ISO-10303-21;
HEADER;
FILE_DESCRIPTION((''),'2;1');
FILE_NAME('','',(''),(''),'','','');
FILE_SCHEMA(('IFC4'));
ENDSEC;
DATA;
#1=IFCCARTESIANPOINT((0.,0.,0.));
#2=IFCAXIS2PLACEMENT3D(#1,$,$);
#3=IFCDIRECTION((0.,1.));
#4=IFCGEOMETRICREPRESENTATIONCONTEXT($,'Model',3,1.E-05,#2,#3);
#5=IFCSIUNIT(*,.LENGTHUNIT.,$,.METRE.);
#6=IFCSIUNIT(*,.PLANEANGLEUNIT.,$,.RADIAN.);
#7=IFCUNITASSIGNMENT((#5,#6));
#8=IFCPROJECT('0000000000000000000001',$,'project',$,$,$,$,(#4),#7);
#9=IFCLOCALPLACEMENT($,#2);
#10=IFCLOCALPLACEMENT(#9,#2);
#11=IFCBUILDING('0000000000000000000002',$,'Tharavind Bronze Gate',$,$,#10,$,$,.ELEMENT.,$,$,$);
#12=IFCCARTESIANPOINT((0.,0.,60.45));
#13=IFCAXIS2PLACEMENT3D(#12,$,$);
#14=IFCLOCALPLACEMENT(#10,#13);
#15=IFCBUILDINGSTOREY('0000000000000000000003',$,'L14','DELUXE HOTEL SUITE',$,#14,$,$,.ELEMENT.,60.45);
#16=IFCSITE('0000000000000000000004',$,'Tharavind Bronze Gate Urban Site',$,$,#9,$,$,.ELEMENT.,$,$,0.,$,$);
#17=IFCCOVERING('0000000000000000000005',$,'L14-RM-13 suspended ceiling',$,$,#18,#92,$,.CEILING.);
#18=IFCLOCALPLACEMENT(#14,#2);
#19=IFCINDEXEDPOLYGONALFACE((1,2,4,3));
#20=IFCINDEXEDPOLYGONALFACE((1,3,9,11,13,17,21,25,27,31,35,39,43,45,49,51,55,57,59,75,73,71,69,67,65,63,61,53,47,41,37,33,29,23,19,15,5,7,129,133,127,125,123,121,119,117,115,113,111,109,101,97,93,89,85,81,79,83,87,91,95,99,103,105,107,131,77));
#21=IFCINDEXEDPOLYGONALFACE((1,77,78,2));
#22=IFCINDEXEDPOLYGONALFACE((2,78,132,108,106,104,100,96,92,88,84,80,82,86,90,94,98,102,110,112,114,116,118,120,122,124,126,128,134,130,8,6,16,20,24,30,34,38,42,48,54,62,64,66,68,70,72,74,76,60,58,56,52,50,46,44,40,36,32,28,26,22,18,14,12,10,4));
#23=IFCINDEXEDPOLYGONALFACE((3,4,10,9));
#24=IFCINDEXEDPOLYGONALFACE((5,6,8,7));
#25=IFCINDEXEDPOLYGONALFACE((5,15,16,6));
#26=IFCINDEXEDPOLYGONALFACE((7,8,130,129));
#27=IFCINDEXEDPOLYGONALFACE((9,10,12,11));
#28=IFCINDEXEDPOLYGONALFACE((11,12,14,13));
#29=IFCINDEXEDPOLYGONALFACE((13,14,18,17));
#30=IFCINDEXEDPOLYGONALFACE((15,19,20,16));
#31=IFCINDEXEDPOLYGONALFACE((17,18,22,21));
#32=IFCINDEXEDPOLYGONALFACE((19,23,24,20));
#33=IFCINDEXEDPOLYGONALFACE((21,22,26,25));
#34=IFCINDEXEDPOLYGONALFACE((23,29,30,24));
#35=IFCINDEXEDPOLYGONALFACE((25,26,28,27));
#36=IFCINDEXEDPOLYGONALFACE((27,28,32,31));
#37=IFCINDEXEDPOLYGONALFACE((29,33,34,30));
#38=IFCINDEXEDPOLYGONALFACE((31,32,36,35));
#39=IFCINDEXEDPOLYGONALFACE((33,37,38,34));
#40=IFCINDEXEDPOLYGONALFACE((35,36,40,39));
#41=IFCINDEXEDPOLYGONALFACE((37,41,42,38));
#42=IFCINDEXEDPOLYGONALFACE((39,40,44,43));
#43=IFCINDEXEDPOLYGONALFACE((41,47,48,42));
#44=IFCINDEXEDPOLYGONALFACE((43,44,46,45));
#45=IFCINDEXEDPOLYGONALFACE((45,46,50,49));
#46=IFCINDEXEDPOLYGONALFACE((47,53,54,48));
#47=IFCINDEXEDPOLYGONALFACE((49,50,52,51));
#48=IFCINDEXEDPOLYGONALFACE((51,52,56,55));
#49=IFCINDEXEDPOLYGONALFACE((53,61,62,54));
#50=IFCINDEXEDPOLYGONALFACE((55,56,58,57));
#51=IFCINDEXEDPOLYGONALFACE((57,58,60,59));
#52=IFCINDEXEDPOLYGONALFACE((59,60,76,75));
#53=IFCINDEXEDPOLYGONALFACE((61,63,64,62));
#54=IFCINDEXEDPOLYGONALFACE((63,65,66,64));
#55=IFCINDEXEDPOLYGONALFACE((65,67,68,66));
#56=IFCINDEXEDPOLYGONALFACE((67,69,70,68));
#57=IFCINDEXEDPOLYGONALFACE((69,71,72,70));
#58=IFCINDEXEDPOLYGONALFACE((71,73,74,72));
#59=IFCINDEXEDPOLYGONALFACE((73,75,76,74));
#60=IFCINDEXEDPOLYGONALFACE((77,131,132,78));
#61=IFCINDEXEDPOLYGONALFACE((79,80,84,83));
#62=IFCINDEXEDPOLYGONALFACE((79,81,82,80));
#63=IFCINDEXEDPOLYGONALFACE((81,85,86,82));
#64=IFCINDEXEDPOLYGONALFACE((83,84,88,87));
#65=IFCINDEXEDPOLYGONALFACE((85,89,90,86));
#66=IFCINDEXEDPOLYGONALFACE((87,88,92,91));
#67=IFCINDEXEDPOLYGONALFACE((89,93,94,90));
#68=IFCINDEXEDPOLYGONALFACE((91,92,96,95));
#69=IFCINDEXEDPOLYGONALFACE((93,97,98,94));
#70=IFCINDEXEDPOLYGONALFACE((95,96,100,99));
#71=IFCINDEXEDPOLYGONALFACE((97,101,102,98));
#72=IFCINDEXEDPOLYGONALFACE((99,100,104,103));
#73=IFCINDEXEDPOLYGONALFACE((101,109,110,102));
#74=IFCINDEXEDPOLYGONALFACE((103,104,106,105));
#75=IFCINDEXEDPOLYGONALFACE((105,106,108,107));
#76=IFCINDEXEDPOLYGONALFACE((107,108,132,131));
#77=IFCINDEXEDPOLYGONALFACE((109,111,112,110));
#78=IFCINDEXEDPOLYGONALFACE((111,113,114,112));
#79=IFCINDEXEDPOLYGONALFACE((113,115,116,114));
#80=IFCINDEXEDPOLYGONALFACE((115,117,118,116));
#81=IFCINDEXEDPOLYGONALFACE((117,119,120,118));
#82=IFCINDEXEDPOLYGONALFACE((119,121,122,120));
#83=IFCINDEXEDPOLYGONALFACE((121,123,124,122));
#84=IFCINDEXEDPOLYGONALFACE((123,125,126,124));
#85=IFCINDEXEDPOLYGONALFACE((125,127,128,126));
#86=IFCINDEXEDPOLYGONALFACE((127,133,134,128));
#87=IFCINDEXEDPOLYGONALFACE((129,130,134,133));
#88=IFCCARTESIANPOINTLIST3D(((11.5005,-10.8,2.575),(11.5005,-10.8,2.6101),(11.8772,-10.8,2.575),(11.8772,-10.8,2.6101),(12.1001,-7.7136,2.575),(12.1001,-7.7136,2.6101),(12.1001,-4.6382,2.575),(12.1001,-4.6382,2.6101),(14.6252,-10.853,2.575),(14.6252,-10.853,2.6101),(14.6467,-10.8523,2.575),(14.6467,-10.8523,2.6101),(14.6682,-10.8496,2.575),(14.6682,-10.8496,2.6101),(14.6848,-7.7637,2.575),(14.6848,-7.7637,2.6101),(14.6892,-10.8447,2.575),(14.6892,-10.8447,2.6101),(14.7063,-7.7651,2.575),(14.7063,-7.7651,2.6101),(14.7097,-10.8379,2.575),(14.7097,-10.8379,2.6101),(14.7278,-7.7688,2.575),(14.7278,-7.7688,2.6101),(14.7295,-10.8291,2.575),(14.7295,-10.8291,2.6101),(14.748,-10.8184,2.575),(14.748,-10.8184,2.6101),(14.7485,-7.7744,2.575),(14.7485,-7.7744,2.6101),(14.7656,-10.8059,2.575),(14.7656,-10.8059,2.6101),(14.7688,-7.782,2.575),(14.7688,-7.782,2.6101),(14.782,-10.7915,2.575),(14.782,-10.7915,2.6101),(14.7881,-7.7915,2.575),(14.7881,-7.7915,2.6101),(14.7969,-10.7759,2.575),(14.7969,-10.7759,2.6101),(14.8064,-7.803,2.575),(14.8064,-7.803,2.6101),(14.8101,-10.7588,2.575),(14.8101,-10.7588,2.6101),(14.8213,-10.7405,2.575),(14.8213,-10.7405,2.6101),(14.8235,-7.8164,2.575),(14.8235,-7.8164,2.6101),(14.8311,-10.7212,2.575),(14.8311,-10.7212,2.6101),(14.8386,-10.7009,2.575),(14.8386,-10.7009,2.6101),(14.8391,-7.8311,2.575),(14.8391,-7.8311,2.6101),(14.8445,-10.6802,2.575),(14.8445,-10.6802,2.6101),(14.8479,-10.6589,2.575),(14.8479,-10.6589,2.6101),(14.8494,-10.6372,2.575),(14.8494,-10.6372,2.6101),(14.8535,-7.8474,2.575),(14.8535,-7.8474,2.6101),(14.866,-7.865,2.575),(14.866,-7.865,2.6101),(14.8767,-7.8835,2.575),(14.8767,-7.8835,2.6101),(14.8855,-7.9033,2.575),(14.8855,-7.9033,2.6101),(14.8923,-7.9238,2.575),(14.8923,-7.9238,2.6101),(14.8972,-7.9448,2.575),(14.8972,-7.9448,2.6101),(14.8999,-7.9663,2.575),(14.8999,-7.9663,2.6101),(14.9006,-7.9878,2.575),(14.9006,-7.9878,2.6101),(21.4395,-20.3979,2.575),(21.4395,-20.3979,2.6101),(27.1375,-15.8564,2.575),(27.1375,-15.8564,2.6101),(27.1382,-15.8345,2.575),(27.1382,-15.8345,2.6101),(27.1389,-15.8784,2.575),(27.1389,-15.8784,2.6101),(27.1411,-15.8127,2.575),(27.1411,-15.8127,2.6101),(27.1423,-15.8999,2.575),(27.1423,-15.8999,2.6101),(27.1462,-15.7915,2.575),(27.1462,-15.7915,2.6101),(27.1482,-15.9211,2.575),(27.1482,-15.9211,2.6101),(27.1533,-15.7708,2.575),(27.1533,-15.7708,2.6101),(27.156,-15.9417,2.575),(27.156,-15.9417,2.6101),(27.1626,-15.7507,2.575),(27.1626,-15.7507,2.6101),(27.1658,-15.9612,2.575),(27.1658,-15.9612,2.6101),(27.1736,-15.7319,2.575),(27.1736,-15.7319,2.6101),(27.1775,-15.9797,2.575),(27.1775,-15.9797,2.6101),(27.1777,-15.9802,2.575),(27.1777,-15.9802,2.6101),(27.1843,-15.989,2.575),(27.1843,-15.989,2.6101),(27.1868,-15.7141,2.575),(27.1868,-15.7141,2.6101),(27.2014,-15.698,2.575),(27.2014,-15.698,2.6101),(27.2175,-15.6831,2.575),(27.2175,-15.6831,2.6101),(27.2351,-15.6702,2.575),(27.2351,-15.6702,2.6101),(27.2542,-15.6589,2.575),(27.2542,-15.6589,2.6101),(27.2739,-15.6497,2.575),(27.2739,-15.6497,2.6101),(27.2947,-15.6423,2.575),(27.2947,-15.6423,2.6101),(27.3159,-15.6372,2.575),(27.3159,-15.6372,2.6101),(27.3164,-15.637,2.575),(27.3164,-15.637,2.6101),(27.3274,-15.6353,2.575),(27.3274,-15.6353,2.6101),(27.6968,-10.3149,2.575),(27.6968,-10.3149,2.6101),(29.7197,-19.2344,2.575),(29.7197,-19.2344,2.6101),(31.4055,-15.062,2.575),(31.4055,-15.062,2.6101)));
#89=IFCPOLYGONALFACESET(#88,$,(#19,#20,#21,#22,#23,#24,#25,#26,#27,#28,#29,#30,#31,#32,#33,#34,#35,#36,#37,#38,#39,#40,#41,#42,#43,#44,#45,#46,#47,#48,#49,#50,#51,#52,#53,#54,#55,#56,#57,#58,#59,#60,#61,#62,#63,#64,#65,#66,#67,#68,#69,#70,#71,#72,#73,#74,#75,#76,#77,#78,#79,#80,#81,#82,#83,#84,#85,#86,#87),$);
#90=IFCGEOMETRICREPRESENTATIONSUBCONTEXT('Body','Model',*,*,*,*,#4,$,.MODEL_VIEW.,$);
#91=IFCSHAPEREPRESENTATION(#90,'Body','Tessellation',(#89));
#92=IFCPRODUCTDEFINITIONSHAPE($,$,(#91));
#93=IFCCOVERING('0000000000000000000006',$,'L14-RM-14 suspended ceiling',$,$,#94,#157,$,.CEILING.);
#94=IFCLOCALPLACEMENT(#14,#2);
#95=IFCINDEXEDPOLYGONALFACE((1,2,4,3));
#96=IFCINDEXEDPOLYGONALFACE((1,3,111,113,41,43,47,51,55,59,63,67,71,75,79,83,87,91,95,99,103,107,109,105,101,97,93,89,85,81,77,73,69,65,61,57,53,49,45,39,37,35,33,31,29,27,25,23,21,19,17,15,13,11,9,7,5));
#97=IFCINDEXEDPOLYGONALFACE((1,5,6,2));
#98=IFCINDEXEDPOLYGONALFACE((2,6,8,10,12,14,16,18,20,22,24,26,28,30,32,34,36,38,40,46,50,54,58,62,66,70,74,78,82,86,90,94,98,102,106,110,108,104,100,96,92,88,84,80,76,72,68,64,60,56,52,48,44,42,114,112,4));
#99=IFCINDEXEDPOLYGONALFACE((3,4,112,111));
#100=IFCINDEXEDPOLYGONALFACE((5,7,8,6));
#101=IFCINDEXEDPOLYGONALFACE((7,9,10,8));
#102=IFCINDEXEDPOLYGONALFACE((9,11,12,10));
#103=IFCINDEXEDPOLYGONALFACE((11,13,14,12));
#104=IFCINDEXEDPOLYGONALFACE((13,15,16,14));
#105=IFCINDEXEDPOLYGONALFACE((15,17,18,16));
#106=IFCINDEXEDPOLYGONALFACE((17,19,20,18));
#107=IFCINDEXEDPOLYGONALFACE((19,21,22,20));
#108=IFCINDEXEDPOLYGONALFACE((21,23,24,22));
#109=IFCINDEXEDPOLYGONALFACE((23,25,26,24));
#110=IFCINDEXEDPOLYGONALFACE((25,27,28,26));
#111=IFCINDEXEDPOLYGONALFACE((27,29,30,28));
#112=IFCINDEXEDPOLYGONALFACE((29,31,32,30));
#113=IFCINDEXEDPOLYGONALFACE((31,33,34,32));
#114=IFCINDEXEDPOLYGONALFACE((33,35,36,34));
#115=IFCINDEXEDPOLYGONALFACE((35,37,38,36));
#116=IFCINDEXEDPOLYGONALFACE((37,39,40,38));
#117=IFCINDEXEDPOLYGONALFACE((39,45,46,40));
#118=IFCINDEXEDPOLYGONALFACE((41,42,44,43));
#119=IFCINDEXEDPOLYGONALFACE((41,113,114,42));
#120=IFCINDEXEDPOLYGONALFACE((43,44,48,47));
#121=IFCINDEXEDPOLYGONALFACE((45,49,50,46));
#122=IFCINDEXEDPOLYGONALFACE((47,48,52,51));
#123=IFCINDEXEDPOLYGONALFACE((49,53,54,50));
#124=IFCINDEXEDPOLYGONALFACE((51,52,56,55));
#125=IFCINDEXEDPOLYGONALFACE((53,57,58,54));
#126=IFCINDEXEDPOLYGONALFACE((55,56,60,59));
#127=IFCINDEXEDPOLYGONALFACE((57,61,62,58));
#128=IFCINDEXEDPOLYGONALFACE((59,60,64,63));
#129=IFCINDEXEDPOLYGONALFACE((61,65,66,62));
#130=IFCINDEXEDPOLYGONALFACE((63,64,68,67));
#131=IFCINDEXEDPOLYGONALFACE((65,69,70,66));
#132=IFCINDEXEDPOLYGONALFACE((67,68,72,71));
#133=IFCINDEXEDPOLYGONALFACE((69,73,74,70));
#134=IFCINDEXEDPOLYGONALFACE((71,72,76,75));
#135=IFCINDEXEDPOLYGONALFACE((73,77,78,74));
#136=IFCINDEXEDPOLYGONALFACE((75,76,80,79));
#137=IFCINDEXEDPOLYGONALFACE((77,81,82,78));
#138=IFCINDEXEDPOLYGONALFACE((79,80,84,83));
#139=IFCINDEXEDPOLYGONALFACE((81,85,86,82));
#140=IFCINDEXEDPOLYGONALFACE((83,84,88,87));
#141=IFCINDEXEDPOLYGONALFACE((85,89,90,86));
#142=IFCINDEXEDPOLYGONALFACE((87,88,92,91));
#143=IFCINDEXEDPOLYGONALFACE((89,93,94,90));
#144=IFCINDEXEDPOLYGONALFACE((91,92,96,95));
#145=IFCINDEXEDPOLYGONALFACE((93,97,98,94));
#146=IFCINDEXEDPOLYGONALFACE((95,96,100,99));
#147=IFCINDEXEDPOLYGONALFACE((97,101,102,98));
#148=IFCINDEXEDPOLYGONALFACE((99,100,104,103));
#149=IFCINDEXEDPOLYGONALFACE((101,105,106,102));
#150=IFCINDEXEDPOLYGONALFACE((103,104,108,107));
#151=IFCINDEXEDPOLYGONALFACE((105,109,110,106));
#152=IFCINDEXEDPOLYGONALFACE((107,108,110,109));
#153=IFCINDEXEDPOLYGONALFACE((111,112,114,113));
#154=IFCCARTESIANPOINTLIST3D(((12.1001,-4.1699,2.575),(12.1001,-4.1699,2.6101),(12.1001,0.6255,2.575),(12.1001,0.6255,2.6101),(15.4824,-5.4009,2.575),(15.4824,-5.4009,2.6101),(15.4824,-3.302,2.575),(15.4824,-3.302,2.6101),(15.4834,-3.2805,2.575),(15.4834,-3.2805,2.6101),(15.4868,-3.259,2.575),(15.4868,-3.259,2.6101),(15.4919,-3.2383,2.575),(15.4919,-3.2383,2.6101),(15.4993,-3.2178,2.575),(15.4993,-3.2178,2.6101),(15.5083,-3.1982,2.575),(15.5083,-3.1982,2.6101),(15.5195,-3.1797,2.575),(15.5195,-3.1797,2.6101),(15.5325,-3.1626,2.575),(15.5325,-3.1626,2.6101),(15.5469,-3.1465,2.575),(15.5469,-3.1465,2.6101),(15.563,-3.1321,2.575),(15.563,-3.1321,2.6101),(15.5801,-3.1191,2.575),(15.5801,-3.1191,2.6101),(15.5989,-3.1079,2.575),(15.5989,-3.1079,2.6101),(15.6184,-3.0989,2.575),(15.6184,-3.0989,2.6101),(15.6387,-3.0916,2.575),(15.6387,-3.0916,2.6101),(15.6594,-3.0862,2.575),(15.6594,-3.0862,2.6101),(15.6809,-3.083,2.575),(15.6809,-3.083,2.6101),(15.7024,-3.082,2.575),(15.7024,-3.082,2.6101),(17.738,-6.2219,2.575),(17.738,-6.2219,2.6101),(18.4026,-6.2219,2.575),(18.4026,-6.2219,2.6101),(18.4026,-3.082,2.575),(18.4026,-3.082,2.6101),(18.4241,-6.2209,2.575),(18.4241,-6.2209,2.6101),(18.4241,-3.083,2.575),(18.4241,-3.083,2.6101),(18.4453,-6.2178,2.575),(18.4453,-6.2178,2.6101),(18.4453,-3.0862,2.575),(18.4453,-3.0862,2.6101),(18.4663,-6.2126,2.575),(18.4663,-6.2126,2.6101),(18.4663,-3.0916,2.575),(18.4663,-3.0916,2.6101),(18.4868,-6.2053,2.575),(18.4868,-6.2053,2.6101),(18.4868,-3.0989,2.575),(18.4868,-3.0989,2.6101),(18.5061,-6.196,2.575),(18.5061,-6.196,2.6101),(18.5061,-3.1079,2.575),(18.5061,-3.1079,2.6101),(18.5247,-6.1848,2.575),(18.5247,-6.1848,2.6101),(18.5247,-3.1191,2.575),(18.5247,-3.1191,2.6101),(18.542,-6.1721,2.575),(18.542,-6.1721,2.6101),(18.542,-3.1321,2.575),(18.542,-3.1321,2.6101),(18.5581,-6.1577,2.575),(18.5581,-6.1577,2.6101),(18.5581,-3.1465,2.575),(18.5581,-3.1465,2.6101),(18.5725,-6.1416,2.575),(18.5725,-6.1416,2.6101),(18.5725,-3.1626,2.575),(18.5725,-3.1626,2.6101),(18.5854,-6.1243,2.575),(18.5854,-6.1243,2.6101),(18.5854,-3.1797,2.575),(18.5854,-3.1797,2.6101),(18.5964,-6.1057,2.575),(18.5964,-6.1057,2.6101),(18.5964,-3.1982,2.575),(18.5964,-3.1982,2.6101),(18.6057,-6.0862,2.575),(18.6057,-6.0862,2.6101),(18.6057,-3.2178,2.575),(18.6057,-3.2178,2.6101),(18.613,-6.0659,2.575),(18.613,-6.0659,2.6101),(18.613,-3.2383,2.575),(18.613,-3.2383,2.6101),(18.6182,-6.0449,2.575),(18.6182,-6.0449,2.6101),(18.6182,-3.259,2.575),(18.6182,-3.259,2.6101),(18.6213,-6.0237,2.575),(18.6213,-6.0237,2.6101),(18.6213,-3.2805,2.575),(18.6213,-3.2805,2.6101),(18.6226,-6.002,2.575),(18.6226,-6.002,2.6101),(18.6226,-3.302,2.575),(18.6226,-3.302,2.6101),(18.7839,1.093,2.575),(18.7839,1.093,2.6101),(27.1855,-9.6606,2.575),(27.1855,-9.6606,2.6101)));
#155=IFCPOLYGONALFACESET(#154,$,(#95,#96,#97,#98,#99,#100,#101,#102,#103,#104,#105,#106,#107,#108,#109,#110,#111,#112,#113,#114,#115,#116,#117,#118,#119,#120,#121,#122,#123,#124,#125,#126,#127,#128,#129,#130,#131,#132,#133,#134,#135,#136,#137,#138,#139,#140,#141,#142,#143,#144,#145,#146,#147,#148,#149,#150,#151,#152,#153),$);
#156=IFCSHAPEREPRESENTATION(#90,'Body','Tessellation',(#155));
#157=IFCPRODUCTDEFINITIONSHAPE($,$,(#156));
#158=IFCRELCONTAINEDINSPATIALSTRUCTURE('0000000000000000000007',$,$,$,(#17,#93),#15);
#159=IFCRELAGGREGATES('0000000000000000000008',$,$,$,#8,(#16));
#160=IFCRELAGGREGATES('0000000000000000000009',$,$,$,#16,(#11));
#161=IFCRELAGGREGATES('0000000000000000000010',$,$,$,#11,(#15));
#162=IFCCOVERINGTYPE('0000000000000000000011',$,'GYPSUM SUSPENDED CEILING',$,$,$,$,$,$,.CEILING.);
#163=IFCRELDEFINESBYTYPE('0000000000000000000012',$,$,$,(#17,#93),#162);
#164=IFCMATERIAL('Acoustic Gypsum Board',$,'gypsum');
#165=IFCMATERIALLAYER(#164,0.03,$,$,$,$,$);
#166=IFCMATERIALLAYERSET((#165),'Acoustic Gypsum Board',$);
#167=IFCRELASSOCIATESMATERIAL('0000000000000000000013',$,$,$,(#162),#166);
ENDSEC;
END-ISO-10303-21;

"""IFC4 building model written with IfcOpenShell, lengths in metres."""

from ifc_helpers import new_model, si_unit, direction, frame, origin, place, context, subcontext, project, spatial, polyline, outline, extrude, material, layer, layer_set, type_object, element, save


model = new_model("IFC4")

# Units and contexts
model_context = context("Model", 3, precision=1e-05, world=origin(), true_north=direction((0.0, 1.0)))
body_context = subcontext(model_context, "Body", "Model", "MODEL_VIEW")
ifc_project = project(units=[si_unit("LENGTHUNIT", "METRE"), si_unit("PLANEANGLEUNIT", "RADIAN")], contexts=[model_context])

# Site, building, storey
site_placement = place(None, origin())
site = spatial("IfcSite", under=ifc_project, at=site_placement, Name="Tharavind Bronze Gate Urban Site", CompositionType="ELEMENT", RefElevation=0.0)
building_placement = place(site_placement, origin())
building = spatial("IfcBuilding", under=site, at=building_placement, Name="Tharavind Bronze Gate", CompositionType="ELEMENT")
storey_placement = place(building_placement, frame((0.0, 0.0, 60.45)))
storey = spatial("IfcBuildingStorey", under=building, at=storey_placement, Name="L14", Description="DELUXE HOTEL SUITE", CompositionType="ELEMENT", Elevation=60.45)

# Coverings
ifc_material_1 = material(Name="Acoustic Gypsum Board", Category="gypsum")
ifc_layer_1 = layer(ifc_material_1, 0.03)
ifc_layer_set_1 = layer_set([ifc_layer_1], Name="Acoustic Gypsum Board")
covering_type_1 = type_object("IfcCoveringType", Name="GYPSUM SUSPENDED CEILING", PredefinedType="CEILING", material=ifc_layer_set_1)
covering_1_placement = place(storey_placement, frame((0.0, 0.0, 2.575)))
element("IfcCovering", 1, at=covering_1_placement, inside=storey, type_object=covering_type_1, Name="L14-RM-13 suspended ceiling", PredefinedType="CEILING", context=body_context, shape_type="SweptSolid", body=[
    extrude(outline(polyline([(21.4395, -20.3979), (29.7197, -19.2344), (27.1843, -15.989), (27.1777, -15.9802), (27.1775, -15.9797), (27.1658, -15.9612), (27.156, -15.9417), (27.1482, -15.9211), (27.1423, -15.8999), (27.1389, -15.8784), (27.1375, -15.8564), (27.1382, -15.8345), (27.1411, -15.8127), (27.1462, -15.7915), (27.1533, -15.7708), (27.1626, -15.7507), (27.1736, -15.7319), (27.1868, -15.7141), (27.2014, -15.698), (27.2175, -15.6831), (27.2351, -15.6702), (27.2542, -15.6589), (27.2739, -15.6497), (27.2947, -15.6423), (27.3159, -15.6372), (27.3164, -15.637), (27.3274, -15.6353), (31.4055, -15.062), (27.6968, -10.3149), (12.1001, -4.6382), (12.1001, -7.7136), (14.6848, -7.7637), (14.7063, -7.7651), (14.7278, -7.7688), (14.7485, -7.7744), (14.7688, -7.782), (14.7881, -7.7915), (14.8064, -7.803), (14.8235, -7.8164), (14.8391, -7.8311), (14.8535, -7.8474), (14.866, -7.865), (14.8767, -7.8835), (14.8855, -7.9033), (14.8923, -7.9238), (14.8972, -7.9448), (14.8999, -7.9663), (14.9006, -7.9878), (14.8494, -10.6372), (14.8479, -10.6589), (14.8445, -10.6802), (14.8386, -10.7009), (14.8311, -10.7212), (14.8213, -10.7405), (14.8101, -10.7588), (14.7969, -10.7759), (14.782, -10.7915), (14.7656, -10.8059), (14.748, -10.8184), (14.7295, -10.8291), (14.7097, -10.8379), (14.6892, -10.8447), (14.6682, -10.8496), (14.6467, -10.8523), (14.6252, -10.853), (11.8772, -10.8), (11.5005, -10.8), (21.4395, -20.3979)])), origin(), (0.0, 0.0, 1.0), 0.0352),
])
covering_2_placement = place(storey_placement, frame((0.0, 0.0, 2.575)))
element("IfcCovering", 2, at=covering_2_placement, inside=storey, type_object=covering_type_1, Name="L14-RM-14 suspended ceiling", PredefinedType="CEILING", context=body_context, shape_type="SweptSolid", body=[
    extrude(outline(polyline([(12.1001, -4.1699), (15.4824, -5.4009), (15.4824, -3.302), (15.4834, -3.2805), (15.4868, -3.259), (15.4919, -3.2383), (15.4993, -3.2178), (15.5083, -3.1982), (15.5195, -3.1797), (15.5325, -3.1626), (15.5469, -3.1465), (15.563, -3.1321), (15.5801, -3.1191), (15.5989, -3.1079), (15.6184, -3.0989), (15.6387, -3.0916), (15.6594, -3.0862), (15.6809, -3.083), (15.7024, -3.082), (18.4026, -3.082), (18.4241, -3.083), (18.4453, -3.0862), (18.4663, -3.0916), (18.4868, -3.0989), (18.5061, -3.1079), (18.5247, -3.1191), (18.542, -3.1321), (18.5581, -3.1465), (18.5725, -3.1626), (18.5854, -3.1797), (18.5964, -3.1982), (18.6057, -3.2178), (18.613, -3.2383), (18.6182, -3.259), (18.6213, -3.2805), (18.6226, -3.302), (18.6226, -6.002), (18.6213, -6.0237), (18.6182, -6.0449), (18.613, -6.0659), (18.6057, -6.0862), (18.5964, -6.1057), (18.5854, -6.1243), (18.5725, -6.1416), (18.5581, -6.1577), (18.542, -6.1721), (18.5247, -6.1848), (18.5061, -6.196), (18.4868, -6.2053), (18.4663, -6.2126), (18.4453, -6.2178), (18.4241, -6.2209), (18.4026, -6.2219), (17.738, -6.2219), (27.1855, -9.6606), (18.7839, 1.093), (12.1001, 0.6255), (12.1001, -4.1699)])), origin(), (0.0, 0.0, 1.0), 0.0352),
])

save(model, "model.ifc")
